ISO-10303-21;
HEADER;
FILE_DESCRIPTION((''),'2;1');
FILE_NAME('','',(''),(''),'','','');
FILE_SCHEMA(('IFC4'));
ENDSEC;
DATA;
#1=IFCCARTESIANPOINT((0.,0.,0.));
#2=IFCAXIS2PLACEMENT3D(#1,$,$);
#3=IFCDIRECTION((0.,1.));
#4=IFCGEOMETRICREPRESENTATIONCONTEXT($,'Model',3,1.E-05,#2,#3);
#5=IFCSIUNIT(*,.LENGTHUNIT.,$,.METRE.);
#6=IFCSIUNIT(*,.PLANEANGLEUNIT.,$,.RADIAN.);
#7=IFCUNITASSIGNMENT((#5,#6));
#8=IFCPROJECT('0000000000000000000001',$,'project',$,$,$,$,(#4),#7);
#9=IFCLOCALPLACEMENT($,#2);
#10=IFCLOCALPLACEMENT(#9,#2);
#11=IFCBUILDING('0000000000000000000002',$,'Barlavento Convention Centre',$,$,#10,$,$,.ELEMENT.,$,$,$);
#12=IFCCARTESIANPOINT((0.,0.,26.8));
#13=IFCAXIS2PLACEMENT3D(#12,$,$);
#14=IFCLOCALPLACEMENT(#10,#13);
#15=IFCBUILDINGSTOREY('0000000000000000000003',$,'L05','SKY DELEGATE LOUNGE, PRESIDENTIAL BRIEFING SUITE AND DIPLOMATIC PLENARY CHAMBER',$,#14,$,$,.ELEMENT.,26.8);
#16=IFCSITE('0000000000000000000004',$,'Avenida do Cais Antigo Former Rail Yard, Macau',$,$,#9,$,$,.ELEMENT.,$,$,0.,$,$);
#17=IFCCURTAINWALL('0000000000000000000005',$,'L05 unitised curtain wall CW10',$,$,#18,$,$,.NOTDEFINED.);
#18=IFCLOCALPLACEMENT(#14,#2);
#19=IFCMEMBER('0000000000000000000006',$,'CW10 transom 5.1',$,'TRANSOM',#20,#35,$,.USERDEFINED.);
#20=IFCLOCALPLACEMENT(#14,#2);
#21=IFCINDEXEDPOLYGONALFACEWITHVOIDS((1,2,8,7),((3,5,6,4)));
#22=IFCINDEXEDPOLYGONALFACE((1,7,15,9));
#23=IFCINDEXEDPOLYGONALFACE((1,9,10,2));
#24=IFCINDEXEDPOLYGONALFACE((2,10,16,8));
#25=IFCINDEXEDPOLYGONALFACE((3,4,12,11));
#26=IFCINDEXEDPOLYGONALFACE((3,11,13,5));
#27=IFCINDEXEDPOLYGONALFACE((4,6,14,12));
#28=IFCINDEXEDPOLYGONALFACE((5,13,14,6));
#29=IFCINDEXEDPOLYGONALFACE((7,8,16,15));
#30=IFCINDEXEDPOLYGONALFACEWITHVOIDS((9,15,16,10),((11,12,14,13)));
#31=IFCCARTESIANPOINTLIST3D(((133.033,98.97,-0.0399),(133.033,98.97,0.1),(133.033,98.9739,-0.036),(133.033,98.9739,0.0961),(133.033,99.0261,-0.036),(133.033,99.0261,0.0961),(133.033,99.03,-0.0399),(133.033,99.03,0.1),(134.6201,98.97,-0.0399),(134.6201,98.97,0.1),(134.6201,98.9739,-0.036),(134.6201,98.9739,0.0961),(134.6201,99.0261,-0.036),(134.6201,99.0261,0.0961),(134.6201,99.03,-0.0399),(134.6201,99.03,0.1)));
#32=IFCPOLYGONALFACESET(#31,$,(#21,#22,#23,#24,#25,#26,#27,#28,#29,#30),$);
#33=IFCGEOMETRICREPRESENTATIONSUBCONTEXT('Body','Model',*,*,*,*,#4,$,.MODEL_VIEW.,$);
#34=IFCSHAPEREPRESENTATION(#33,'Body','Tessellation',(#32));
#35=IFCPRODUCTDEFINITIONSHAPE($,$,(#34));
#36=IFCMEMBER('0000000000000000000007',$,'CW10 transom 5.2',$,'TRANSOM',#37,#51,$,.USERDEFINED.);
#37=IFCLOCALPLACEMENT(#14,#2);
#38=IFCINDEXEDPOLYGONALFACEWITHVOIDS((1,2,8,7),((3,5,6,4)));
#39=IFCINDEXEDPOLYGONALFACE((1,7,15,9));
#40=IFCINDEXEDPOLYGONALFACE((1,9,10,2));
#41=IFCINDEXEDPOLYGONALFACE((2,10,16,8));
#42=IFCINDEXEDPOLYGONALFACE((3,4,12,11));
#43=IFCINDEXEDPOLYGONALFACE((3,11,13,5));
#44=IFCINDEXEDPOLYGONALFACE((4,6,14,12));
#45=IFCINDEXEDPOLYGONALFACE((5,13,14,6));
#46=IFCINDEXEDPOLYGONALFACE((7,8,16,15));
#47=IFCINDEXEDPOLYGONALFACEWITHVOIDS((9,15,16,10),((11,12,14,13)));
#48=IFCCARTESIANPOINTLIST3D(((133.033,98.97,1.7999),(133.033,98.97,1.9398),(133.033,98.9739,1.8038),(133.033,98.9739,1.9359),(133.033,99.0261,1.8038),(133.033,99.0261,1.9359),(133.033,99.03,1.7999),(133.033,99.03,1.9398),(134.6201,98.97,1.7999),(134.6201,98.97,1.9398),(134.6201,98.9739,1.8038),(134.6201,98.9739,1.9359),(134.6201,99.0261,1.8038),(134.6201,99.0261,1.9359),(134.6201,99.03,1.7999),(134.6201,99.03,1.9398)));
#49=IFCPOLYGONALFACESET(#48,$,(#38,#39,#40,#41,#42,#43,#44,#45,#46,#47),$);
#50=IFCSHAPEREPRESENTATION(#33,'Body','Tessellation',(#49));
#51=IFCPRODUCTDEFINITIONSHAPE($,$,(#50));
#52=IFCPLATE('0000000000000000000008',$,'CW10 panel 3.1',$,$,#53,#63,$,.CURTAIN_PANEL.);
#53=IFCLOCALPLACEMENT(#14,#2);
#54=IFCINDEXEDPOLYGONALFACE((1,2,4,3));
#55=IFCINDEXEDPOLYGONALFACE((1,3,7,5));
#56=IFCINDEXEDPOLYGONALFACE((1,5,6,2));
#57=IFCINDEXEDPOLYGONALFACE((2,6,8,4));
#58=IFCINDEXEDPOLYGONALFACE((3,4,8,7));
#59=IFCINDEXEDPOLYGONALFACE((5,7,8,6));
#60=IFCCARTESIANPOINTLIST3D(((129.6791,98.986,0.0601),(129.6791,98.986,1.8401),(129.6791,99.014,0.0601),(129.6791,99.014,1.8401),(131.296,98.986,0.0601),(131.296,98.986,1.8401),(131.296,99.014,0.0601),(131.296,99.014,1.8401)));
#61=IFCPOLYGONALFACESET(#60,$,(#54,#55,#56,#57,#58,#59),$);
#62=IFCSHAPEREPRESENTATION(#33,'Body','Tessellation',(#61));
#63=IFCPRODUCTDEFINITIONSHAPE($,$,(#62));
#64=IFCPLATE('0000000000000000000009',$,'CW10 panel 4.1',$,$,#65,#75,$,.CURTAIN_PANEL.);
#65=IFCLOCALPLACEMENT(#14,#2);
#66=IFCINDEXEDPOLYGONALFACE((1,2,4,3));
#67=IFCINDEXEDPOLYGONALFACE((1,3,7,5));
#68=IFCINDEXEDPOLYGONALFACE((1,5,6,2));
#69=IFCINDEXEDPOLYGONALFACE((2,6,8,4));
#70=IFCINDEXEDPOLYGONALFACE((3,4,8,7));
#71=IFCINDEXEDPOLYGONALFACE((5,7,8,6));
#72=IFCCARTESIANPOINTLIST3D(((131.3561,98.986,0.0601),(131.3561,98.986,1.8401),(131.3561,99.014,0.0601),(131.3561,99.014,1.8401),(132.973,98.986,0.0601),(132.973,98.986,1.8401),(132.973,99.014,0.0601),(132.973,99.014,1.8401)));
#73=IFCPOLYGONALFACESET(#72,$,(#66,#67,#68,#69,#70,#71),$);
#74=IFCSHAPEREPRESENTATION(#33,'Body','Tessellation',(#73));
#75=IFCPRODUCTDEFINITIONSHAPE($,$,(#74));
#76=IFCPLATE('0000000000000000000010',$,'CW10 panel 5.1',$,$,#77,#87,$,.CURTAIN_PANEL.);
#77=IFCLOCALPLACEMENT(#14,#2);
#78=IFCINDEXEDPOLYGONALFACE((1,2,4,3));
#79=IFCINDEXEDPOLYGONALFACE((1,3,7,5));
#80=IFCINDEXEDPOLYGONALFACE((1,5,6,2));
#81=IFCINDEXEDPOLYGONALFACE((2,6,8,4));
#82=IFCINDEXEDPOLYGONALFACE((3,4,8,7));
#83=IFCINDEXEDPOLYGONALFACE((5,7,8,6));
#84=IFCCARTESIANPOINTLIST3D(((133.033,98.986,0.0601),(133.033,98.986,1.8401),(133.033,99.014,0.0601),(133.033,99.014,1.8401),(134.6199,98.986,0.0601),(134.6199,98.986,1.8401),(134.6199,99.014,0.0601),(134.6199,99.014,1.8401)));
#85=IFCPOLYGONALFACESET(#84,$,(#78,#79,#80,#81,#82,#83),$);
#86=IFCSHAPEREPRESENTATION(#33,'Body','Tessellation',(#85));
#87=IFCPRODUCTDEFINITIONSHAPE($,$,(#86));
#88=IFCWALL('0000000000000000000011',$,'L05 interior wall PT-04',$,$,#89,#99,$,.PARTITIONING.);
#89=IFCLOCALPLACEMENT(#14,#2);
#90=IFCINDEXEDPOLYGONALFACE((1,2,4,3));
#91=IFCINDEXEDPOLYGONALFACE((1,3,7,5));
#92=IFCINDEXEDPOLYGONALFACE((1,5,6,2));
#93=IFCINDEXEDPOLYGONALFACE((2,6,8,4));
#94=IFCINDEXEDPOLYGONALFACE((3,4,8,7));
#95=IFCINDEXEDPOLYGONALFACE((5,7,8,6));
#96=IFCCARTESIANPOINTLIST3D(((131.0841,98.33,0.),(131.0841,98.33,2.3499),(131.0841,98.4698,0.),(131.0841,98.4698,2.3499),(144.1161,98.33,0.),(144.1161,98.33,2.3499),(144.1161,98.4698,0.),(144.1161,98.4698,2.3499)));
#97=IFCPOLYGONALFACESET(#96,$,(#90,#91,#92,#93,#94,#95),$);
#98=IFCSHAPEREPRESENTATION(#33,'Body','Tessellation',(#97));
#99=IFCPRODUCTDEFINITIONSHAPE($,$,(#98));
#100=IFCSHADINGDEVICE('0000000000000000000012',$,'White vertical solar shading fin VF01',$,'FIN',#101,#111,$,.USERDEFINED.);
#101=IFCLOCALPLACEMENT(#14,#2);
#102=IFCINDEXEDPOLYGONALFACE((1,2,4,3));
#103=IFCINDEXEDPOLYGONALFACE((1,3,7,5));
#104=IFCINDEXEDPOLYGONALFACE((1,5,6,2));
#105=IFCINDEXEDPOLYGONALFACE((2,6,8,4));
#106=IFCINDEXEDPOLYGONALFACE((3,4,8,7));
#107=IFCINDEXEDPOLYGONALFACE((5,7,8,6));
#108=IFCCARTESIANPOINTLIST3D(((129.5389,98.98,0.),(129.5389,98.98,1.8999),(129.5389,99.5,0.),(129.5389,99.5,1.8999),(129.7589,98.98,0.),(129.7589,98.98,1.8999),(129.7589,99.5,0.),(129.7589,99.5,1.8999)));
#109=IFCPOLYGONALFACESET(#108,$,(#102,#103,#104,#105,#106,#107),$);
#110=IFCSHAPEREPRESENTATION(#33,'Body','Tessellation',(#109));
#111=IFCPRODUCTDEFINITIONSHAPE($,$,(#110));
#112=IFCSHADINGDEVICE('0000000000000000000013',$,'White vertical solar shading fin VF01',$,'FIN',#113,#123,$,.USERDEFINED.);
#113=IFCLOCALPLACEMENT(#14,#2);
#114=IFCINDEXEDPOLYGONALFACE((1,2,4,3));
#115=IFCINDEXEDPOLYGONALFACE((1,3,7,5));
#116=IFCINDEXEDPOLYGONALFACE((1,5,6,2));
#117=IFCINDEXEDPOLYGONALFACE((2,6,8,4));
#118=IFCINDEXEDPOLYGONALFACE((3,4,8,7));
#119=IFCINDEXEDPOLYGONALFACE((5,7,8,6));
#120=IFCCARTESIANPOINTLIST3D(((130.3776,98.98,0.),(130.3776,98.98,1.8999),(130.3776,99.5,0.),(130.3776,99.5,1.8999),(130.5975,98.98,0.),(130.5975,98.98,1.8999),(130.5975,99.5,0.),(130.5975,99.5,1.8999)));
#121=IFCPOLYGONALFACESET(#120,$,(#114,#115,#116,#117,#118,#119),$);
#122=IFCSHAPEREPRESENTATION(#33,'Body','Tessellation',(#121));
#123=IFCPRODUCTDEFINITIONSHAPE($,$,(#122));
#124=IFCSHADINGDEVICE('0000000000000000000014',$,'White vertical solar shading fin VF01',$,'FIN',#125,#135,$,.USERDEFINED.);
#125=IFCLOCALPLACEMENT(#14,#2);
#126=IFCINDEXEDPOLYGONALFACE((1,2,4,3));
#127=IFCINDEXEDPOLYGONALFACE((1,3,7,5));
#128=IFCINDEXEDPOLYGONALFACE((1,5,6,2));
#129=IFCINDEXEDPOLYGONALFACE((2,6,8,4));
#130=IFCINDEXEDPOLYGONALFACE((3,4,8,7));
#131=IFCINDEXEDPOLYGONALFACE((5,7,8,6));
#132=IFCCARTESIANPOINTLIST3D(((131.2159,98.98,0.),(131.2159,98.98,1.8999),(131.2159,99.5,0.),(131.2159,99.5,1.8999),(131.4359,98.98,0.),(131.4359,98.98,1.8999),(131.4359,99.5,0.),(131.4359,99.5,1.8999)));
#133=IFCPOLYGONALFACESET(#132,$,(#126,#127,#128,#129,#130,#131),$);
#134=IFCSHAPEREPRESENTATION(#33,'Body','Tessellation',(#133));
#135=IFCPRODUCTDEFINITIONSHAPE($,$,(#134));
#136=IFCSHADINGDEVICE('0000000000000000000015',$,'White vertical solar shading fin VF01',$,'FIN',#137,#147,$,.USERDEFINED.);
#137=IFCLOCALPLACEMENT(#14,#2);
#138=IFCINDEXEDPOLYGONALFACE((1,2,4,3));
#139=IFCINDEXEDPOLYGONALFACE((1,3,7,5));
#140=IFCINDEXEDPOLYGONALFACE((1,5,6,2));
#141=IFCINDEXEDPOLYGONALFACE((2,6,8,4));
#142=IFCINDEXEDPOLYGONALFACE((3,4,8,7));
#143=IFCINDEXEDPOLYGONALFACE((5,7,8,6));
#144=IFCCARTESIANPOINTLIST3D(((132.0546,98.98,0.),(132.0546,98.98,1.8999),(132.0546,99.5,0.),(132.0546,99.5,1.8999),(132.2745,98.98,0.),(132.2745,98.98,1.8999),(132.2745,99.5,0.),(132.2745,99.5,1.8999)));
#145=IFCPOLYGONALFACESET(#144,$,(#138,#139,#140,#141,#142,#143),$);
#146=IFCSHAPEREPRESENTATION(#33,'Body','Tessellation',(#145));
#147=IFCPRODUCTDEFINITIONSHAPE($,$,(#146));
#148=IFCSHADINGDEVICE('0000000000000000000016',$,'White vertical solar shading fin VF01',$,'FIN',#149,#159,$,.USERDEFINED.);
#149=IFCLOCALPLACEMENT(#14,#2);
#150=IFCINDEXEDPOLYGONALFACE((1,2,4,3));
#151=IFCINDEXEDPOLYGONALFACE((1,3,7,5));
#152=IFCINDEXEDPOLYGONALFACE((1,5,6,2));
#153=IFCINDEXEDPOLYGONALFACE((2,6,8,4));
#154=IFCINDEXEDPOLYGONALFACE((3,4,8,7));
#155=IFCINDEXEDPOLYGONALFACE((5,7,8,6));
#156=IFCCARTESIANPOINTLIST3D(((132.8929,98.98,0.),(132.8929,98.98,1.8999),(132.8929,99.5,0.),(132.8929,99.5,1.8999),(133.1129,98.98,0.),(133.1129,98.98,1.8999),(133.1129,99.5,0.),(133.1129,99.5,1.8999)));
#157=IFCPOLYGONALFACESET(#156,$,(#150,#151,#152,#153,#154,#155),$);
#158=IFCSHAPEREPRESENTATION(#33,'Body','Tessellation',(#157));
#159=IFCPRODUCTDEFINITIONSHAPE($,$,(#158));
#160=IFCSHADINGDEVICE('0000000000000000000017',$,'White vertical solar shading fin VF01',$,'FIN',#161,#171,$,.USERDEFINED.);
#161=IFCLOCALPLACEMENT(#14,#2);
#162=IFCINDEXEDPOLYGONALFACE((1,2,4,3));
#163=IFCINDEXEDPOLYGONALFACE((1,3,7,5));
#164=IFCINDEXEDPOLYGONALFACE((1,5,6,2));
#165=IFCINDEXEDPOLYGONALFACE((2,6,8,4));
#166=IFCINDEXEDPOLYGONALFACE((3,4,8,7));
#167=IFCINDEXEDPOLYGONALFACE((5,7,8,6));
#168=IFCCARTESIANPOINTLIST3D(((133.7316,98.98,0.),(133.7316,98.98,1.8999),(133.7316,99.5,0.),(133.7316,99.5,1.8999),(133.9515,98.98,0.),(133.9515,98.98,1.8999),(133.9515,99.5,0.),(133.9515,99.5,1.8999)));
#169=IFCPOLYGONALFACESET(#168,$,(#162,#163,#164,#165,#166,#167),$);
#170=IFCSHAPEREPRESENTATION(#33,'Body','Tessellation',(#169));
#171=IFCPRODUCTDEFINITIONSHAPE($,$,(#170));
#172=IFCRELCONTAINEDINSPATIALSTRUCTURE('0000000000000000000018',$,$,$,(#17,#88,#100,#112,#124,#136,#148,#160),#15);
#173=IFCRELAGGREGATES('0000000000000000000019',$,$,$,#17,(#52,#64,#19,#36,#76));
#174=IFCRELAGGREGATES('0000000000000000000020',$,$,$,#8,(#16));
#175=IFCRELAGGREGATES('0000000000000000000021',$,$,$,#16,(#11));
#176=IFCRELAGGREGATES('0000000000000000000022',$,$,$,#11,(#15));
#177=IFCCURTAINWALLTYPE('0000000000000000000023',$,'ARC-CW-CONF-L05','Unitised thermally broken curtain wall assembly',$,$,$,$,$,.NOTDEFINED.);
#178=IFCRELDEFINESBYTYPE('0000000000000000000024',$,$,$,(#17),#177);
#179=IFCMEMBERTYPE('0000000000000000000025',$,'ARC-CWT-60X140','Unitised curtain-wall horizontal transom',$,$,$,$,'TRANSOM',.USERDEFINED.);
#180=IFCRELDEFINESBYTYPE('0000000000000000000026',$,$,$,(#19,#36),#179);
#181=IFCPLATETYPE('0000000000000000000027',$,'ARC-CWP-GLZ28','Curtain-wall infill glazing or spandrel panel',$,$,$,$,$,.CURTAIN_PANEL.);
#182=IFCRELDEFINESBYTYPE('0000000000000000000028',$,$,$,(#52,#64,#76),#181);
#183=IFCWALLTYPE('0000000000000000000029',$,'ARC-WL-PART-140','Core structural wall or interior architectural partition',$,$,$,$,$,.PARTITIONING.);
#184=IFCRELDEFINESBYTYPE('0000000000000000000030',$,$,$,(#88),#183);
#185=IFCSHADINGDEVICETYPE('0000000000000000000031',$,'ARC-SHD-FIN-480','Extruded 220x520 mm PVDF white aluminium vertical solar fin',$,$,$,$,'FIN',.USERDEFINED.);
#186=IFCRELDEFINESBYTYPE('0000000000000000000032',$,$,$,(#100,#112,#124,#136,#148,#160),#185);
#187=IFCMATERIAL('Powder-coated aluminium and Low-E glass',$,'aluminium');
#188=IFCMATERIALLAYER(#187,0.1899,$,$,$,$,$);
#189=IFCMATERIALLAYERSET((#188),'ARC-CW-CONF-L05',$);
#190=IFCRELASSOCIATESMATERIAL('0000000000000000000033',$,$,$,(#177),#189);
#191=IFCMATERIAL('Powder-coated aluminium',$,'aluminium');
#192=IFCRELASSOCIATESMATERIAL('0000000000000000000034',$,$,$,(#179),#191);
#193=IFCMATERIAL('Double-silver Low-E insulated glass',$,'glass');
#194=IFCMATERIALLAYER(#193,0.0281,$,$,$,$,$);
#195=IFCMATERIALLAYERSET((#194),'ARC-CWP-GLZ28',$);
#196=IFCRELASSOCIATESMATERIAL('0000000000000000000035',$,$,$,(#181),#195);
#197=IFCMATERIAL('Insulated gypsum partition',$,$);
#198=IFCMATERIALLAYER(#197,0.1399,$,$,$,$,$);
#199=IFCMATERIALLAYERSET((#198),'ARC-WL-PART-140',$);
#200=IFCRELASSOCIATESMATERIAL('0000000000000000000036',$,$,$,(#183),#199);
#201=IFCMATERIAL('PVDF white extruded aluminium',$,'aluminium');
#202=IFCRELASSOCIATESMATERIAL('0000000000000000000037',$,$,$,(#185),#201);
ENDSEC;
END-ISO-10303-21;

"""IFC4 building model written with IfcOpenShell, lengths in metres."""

from ifc_helpers import new_model, si_unit, direction, frame, frame_2d, origin, origin_2d, place, context, subcontext, project, spatial, rectangle, hollow_rectangle, extrude, material, layer, layer_set, material_profile, profile_set, type_object, element, aggregate, save


model = new_model("IFC4")

# Units and contexts
model_context = context("Model", 3, precision=1e-05, world=origin(), true_north=direction((0.0, 1.0)))
body_context = subcontext(model_context, "Body", "Model", "MODEL_VIEW")
ifc_project = project(units=[si_unit("LENGTHUNIT", "METRE"), si_unit("PLANEANGLEUNIT", "RADIAN")], contexts=[model_context])

# Site, building, storey
site_placement = place(None, origin())
site = spatial("IfcSite", under=ifc_project, at=site_placement, Name="Avenida do Cais Antigo Former Rail Yard, Macau", CompositionType="ELEMENT", RefElevation=0.0)
building_placement = place(site_placement, origin())
building = spatial("IfcBuilding", under=site, at=building_placement, Name="Barlavento Convention Centre", CompositionType="ELEMENT")
storey_placement = place(building_placement, frame((0.0, 0.0, 26.8)))
storey = spatial("IfcBuildingStorey", under=building, at=storey_placement, Name="L05", Description="SKY DELEGATE LOUNGE, PRESIDENTIAL BRIEFING SUITE AND DIPLOMATIC PLENARY CHAMBER", CompositionType="ELEMENT", Elevation=26.8)

# Curtain wall, members, plates
ifc_material_1 = material(Name="Powder-coated aluminium and Low-E glass", Category="aluminium")
ifc_layer_1 = layer(ifc_material_1, 0.1899)
ifc_layer_set_1 = layer_set([ifc_layer_1], Name="ARC-CW-CONF-L05")
curtain_wall_type = type_object("IfcCurtainWallType", Name="ARC-CW-CONF-L05", Description="Unitised thermally broken curtain wall assembly", PredefinedType="NOTDEFINED", material=ifc_layer_set_1)
curtain_wall_placement = place(storey_placement, origin())
curtain_wall = element("IfcCurtainWall", 1, at=curtain_wall_placement, inside=storey, type_object=curtain_wall_type, Name="L05 unitised curtain wall CW10", PredefinedType="NOTDEFINED")
ifc_material_2 = material(Name="Powder-coated aluminium", Category="aluminium")
ifc_material_profile_1 = material_profile(ifc_material_2, hollow_rectangle(XDim=0.0601, YDim=0.1399, WallThickness=0.0039, at=origin_2d()), Name="AL-TRAN 60x140x4")
ifc_profile_set_1 = profile_set([ifc_material_profile_1], Name="Powder-coated aluminium")
member_type_1 = type_object("IfcMemberType", Name="ARC-CWT-60X140", Description="Unitised curtain-wall horizontal transom", ElementType="TRANSOM", PredefinedType="USERDEFINED", material=ifc_profile_set_1)
member_1_placement = place(storey_placement, frame((133.033, 99.0, 0.03), z_axis=(1.0, 0.0, 0.0), x_axis=(0.0, 1.0, 0.0)))
member_1 = element("IfcMember", 2, at=member_1_placement, type_object=member_type_1, Name="CW10 transom 5.1", ObjectType="TRANSOM", PredefinedType="USERDEFINED", context=body_context, shape_type="SweptSolid", body=[
    extrude(hollow_rectangle(XDim=0.0601, YDim=0.1399, WallThickness=0.0039, at=origin_2d()), origin(), (0.0, 0.0, 1.0), 1.5872),
])
member_2_placement = place(storey_placement, frame((133.033, 99.0, 1.8699), z_axis=(1.0, 0.0, 0.0), x_axis=(0.0, 1.0, 0.0)))
member_2 = element("IfcMember", 3, at=member_2_placement, type_object=member_type_1, Name="CW10 transom 5.2", ObjectType="TRANSOM", PredefinedType="USERDEFINED", context=body_context, shape_type="SweptSolid", body=[
    extrude(hollow_rectangle(XDim=0.0601, YDim=0.1399, WallThickness=0.0039, at=origin_2d()), origin(), (0.0, 0.0, 1.0), 1.5872),
])
ifc_material_3 = material(Name="Double-silver Low-E insulated glass", Category="glass")
ifc_layer_2 = layer(ifc_material_3, 0.0281)
ifc_layer_set_2 = layer_set([ifc_layer_2], Name="ARC-CWP-GLZ28")
plate_type = type_object("IfcPlateType", Name="ARC-CWP-GLZ28", Description="Curtain-wall infill glazing or spandrel panel", PredefinedType="CURTAIN_PANEL", material=ifc_layer_set_2)
plate_1_placement = place(storey_placement, frame((130.4875, 99.0, 0.0601), z_axis=(0.0, 0.0, 1.0), x_axis=(1.0, 0.0, 0.0)))
plate_1 = element("IfcPlate", 4, at=plate_1_placement, type_object=plate_type, Name="CW10 panel 3.1", PredefinedType="CURTAIN_PANEL", context=body_context, shape_type="SweptSolid", body=[
    extrude(rectangle(XDim=1.6169, YDim=0.0281, at=origin_2d()), origin(), (0.0, 0.0, 1.0), 1.78),
])
plate_2_placement = place(storey_placement, frame((132.1646, 99.0, 0.0601), z_axis=(0.0, 0.0, 1.0), x_axis=(1.0, 0.0, 0.0)))
plate_2 = element("IfcPlate", 5, at=plate_2_placement, type_object=plate_type, Name="CW10 panel 4.1", PredefinedType="CURTAIN_PANEL", context=body_context, shape_type="SweptSolid", body=[
    extrude(rectangle(XDim=1.6169, YDim=0.0281, at=origin_2d()), origin(), (0.0, 0.0, 1.0), 1.78),
])
plate_3_placement = place(storey_placement, frame((133.8264, 99.0, 0.0601), z_axis=(0.0, 0.0, 1.0), x_axis=(1.0, 0.0, 0.0)))
plate_3 = element("IfcPlate", 6, at=plate_3_placement, type_object=plate_type, Name="CW10 panel 5.1", PredefinedType="CURTAIN_PANEL", context=body_context, shape_type="SweptSolid", body=[
    extrude(rectangle(XDim=1.5869, YDim=0.0281, at=origin_2d()), origin(), (0.0, 0.0, 1.0), 1.78),
])
aggregate(curtain_wall, [plate_1, plate_2, member_1, member_2, plate_3])

# Wall
ifc_material_4 = material(Name="Insulated gypsum partition")
ifc_layer_3 = layer(ifc_material_4, 0.1399)
ifc_layer_set_3 = layer_set([ifc_layer_3], Name="ARC-WL-PART-140")
wall_type = type_object("IfcWallType", Name="ARC-WL-PART-140", Description="Core structural wall or interior architectural partition", PredefinedType="PARTITIONING", material=ifc_layer_set_3)
wall_placement = place(storey_placement, frame((131.084, 98.3999, 0.0), z_axis=(0.0, 0.0, 1.0), x_axis=(1.0, 0.0, 0.0)))
element("IfcWall", 7, at=wall_placement, inside=storey, type_object=wall_type, Name="L05 interior wall PT-04", PredefinedType="PARTITIONING", context=body_context, shape_type="SweptSolid", body=[
    extrude(rectangle(XDim=13.032, YDim=0.1399, at=frame_2d((6.5161, 0.0))), origin(), (0.0, 0.0, 1.0), 2.3499),
])

# Shading devices
ifc_material_5 = material(Name="PVDF white extruded aluminium", Category="aluminium")
shading_device_type = type_object("IfcShadingDeviceType", Name="ARC-SHD-FIN-480", Description="Extruded 220x520 mm PVDF white aluminium vertical solar fin", ElementType="FIN", PredefinedType="USERDEFINED", material=ifc_material_5)
for number, where, z_axis, x_axis, name in (
    (8, (129.6489, 99.24, 0.0), (0.0, 0.0, 1.0), (1.0, 0.0, 0.0), "White vertical solar shading fin VF01"),
    (9, (130.4875, 99.24, 0.0), (0.0, 0.0, 1.0), (1.0, 0.0, 0.0), "White vertical solar shading fin VF01"),
    (10, (131.3259, 99.24, 0.0), (0.0, 0.0, 1.0), (1.0, 0.0, 0.0), "White vertical solar shading fin VF01"),
    (11, (132.1646, 99.24, 0.0), (0.0, 0.0, 1.0), (1.0, 0.0, 0.0), "White vertical solar shading fin VF01"),
    (12, (133.0029, 99.24, 0.0), (0.0, 0.0, 1.0), (1.0, 0.0, 0.0), "White vertical solar shading fin VF01"),
    (13, (133.8416, 99.24, 0.0), (0.0, 0.0, 1.0), (1.0, 0.0, 0.0), "White vertical solar shading fin VF01"),
):
    element("IfcShadingDevice", number, at=place(storey_placement, frame(where, z_axis=z_axis, x_axis=x_axis)), inside=storey, type_object=shading_device_type, Name=name, ObjectType="FIN", PredefinedType="USERDEFINED", context=body_context, shape_type="SweptSolid", body=[
        extrude(rectangle(XDim=0.22, YDim=0.52, at=origin_2d()), origin(), (0.0, 0.0, 1.0), 1.8999),
    ])

save(model, "model.ifc")
